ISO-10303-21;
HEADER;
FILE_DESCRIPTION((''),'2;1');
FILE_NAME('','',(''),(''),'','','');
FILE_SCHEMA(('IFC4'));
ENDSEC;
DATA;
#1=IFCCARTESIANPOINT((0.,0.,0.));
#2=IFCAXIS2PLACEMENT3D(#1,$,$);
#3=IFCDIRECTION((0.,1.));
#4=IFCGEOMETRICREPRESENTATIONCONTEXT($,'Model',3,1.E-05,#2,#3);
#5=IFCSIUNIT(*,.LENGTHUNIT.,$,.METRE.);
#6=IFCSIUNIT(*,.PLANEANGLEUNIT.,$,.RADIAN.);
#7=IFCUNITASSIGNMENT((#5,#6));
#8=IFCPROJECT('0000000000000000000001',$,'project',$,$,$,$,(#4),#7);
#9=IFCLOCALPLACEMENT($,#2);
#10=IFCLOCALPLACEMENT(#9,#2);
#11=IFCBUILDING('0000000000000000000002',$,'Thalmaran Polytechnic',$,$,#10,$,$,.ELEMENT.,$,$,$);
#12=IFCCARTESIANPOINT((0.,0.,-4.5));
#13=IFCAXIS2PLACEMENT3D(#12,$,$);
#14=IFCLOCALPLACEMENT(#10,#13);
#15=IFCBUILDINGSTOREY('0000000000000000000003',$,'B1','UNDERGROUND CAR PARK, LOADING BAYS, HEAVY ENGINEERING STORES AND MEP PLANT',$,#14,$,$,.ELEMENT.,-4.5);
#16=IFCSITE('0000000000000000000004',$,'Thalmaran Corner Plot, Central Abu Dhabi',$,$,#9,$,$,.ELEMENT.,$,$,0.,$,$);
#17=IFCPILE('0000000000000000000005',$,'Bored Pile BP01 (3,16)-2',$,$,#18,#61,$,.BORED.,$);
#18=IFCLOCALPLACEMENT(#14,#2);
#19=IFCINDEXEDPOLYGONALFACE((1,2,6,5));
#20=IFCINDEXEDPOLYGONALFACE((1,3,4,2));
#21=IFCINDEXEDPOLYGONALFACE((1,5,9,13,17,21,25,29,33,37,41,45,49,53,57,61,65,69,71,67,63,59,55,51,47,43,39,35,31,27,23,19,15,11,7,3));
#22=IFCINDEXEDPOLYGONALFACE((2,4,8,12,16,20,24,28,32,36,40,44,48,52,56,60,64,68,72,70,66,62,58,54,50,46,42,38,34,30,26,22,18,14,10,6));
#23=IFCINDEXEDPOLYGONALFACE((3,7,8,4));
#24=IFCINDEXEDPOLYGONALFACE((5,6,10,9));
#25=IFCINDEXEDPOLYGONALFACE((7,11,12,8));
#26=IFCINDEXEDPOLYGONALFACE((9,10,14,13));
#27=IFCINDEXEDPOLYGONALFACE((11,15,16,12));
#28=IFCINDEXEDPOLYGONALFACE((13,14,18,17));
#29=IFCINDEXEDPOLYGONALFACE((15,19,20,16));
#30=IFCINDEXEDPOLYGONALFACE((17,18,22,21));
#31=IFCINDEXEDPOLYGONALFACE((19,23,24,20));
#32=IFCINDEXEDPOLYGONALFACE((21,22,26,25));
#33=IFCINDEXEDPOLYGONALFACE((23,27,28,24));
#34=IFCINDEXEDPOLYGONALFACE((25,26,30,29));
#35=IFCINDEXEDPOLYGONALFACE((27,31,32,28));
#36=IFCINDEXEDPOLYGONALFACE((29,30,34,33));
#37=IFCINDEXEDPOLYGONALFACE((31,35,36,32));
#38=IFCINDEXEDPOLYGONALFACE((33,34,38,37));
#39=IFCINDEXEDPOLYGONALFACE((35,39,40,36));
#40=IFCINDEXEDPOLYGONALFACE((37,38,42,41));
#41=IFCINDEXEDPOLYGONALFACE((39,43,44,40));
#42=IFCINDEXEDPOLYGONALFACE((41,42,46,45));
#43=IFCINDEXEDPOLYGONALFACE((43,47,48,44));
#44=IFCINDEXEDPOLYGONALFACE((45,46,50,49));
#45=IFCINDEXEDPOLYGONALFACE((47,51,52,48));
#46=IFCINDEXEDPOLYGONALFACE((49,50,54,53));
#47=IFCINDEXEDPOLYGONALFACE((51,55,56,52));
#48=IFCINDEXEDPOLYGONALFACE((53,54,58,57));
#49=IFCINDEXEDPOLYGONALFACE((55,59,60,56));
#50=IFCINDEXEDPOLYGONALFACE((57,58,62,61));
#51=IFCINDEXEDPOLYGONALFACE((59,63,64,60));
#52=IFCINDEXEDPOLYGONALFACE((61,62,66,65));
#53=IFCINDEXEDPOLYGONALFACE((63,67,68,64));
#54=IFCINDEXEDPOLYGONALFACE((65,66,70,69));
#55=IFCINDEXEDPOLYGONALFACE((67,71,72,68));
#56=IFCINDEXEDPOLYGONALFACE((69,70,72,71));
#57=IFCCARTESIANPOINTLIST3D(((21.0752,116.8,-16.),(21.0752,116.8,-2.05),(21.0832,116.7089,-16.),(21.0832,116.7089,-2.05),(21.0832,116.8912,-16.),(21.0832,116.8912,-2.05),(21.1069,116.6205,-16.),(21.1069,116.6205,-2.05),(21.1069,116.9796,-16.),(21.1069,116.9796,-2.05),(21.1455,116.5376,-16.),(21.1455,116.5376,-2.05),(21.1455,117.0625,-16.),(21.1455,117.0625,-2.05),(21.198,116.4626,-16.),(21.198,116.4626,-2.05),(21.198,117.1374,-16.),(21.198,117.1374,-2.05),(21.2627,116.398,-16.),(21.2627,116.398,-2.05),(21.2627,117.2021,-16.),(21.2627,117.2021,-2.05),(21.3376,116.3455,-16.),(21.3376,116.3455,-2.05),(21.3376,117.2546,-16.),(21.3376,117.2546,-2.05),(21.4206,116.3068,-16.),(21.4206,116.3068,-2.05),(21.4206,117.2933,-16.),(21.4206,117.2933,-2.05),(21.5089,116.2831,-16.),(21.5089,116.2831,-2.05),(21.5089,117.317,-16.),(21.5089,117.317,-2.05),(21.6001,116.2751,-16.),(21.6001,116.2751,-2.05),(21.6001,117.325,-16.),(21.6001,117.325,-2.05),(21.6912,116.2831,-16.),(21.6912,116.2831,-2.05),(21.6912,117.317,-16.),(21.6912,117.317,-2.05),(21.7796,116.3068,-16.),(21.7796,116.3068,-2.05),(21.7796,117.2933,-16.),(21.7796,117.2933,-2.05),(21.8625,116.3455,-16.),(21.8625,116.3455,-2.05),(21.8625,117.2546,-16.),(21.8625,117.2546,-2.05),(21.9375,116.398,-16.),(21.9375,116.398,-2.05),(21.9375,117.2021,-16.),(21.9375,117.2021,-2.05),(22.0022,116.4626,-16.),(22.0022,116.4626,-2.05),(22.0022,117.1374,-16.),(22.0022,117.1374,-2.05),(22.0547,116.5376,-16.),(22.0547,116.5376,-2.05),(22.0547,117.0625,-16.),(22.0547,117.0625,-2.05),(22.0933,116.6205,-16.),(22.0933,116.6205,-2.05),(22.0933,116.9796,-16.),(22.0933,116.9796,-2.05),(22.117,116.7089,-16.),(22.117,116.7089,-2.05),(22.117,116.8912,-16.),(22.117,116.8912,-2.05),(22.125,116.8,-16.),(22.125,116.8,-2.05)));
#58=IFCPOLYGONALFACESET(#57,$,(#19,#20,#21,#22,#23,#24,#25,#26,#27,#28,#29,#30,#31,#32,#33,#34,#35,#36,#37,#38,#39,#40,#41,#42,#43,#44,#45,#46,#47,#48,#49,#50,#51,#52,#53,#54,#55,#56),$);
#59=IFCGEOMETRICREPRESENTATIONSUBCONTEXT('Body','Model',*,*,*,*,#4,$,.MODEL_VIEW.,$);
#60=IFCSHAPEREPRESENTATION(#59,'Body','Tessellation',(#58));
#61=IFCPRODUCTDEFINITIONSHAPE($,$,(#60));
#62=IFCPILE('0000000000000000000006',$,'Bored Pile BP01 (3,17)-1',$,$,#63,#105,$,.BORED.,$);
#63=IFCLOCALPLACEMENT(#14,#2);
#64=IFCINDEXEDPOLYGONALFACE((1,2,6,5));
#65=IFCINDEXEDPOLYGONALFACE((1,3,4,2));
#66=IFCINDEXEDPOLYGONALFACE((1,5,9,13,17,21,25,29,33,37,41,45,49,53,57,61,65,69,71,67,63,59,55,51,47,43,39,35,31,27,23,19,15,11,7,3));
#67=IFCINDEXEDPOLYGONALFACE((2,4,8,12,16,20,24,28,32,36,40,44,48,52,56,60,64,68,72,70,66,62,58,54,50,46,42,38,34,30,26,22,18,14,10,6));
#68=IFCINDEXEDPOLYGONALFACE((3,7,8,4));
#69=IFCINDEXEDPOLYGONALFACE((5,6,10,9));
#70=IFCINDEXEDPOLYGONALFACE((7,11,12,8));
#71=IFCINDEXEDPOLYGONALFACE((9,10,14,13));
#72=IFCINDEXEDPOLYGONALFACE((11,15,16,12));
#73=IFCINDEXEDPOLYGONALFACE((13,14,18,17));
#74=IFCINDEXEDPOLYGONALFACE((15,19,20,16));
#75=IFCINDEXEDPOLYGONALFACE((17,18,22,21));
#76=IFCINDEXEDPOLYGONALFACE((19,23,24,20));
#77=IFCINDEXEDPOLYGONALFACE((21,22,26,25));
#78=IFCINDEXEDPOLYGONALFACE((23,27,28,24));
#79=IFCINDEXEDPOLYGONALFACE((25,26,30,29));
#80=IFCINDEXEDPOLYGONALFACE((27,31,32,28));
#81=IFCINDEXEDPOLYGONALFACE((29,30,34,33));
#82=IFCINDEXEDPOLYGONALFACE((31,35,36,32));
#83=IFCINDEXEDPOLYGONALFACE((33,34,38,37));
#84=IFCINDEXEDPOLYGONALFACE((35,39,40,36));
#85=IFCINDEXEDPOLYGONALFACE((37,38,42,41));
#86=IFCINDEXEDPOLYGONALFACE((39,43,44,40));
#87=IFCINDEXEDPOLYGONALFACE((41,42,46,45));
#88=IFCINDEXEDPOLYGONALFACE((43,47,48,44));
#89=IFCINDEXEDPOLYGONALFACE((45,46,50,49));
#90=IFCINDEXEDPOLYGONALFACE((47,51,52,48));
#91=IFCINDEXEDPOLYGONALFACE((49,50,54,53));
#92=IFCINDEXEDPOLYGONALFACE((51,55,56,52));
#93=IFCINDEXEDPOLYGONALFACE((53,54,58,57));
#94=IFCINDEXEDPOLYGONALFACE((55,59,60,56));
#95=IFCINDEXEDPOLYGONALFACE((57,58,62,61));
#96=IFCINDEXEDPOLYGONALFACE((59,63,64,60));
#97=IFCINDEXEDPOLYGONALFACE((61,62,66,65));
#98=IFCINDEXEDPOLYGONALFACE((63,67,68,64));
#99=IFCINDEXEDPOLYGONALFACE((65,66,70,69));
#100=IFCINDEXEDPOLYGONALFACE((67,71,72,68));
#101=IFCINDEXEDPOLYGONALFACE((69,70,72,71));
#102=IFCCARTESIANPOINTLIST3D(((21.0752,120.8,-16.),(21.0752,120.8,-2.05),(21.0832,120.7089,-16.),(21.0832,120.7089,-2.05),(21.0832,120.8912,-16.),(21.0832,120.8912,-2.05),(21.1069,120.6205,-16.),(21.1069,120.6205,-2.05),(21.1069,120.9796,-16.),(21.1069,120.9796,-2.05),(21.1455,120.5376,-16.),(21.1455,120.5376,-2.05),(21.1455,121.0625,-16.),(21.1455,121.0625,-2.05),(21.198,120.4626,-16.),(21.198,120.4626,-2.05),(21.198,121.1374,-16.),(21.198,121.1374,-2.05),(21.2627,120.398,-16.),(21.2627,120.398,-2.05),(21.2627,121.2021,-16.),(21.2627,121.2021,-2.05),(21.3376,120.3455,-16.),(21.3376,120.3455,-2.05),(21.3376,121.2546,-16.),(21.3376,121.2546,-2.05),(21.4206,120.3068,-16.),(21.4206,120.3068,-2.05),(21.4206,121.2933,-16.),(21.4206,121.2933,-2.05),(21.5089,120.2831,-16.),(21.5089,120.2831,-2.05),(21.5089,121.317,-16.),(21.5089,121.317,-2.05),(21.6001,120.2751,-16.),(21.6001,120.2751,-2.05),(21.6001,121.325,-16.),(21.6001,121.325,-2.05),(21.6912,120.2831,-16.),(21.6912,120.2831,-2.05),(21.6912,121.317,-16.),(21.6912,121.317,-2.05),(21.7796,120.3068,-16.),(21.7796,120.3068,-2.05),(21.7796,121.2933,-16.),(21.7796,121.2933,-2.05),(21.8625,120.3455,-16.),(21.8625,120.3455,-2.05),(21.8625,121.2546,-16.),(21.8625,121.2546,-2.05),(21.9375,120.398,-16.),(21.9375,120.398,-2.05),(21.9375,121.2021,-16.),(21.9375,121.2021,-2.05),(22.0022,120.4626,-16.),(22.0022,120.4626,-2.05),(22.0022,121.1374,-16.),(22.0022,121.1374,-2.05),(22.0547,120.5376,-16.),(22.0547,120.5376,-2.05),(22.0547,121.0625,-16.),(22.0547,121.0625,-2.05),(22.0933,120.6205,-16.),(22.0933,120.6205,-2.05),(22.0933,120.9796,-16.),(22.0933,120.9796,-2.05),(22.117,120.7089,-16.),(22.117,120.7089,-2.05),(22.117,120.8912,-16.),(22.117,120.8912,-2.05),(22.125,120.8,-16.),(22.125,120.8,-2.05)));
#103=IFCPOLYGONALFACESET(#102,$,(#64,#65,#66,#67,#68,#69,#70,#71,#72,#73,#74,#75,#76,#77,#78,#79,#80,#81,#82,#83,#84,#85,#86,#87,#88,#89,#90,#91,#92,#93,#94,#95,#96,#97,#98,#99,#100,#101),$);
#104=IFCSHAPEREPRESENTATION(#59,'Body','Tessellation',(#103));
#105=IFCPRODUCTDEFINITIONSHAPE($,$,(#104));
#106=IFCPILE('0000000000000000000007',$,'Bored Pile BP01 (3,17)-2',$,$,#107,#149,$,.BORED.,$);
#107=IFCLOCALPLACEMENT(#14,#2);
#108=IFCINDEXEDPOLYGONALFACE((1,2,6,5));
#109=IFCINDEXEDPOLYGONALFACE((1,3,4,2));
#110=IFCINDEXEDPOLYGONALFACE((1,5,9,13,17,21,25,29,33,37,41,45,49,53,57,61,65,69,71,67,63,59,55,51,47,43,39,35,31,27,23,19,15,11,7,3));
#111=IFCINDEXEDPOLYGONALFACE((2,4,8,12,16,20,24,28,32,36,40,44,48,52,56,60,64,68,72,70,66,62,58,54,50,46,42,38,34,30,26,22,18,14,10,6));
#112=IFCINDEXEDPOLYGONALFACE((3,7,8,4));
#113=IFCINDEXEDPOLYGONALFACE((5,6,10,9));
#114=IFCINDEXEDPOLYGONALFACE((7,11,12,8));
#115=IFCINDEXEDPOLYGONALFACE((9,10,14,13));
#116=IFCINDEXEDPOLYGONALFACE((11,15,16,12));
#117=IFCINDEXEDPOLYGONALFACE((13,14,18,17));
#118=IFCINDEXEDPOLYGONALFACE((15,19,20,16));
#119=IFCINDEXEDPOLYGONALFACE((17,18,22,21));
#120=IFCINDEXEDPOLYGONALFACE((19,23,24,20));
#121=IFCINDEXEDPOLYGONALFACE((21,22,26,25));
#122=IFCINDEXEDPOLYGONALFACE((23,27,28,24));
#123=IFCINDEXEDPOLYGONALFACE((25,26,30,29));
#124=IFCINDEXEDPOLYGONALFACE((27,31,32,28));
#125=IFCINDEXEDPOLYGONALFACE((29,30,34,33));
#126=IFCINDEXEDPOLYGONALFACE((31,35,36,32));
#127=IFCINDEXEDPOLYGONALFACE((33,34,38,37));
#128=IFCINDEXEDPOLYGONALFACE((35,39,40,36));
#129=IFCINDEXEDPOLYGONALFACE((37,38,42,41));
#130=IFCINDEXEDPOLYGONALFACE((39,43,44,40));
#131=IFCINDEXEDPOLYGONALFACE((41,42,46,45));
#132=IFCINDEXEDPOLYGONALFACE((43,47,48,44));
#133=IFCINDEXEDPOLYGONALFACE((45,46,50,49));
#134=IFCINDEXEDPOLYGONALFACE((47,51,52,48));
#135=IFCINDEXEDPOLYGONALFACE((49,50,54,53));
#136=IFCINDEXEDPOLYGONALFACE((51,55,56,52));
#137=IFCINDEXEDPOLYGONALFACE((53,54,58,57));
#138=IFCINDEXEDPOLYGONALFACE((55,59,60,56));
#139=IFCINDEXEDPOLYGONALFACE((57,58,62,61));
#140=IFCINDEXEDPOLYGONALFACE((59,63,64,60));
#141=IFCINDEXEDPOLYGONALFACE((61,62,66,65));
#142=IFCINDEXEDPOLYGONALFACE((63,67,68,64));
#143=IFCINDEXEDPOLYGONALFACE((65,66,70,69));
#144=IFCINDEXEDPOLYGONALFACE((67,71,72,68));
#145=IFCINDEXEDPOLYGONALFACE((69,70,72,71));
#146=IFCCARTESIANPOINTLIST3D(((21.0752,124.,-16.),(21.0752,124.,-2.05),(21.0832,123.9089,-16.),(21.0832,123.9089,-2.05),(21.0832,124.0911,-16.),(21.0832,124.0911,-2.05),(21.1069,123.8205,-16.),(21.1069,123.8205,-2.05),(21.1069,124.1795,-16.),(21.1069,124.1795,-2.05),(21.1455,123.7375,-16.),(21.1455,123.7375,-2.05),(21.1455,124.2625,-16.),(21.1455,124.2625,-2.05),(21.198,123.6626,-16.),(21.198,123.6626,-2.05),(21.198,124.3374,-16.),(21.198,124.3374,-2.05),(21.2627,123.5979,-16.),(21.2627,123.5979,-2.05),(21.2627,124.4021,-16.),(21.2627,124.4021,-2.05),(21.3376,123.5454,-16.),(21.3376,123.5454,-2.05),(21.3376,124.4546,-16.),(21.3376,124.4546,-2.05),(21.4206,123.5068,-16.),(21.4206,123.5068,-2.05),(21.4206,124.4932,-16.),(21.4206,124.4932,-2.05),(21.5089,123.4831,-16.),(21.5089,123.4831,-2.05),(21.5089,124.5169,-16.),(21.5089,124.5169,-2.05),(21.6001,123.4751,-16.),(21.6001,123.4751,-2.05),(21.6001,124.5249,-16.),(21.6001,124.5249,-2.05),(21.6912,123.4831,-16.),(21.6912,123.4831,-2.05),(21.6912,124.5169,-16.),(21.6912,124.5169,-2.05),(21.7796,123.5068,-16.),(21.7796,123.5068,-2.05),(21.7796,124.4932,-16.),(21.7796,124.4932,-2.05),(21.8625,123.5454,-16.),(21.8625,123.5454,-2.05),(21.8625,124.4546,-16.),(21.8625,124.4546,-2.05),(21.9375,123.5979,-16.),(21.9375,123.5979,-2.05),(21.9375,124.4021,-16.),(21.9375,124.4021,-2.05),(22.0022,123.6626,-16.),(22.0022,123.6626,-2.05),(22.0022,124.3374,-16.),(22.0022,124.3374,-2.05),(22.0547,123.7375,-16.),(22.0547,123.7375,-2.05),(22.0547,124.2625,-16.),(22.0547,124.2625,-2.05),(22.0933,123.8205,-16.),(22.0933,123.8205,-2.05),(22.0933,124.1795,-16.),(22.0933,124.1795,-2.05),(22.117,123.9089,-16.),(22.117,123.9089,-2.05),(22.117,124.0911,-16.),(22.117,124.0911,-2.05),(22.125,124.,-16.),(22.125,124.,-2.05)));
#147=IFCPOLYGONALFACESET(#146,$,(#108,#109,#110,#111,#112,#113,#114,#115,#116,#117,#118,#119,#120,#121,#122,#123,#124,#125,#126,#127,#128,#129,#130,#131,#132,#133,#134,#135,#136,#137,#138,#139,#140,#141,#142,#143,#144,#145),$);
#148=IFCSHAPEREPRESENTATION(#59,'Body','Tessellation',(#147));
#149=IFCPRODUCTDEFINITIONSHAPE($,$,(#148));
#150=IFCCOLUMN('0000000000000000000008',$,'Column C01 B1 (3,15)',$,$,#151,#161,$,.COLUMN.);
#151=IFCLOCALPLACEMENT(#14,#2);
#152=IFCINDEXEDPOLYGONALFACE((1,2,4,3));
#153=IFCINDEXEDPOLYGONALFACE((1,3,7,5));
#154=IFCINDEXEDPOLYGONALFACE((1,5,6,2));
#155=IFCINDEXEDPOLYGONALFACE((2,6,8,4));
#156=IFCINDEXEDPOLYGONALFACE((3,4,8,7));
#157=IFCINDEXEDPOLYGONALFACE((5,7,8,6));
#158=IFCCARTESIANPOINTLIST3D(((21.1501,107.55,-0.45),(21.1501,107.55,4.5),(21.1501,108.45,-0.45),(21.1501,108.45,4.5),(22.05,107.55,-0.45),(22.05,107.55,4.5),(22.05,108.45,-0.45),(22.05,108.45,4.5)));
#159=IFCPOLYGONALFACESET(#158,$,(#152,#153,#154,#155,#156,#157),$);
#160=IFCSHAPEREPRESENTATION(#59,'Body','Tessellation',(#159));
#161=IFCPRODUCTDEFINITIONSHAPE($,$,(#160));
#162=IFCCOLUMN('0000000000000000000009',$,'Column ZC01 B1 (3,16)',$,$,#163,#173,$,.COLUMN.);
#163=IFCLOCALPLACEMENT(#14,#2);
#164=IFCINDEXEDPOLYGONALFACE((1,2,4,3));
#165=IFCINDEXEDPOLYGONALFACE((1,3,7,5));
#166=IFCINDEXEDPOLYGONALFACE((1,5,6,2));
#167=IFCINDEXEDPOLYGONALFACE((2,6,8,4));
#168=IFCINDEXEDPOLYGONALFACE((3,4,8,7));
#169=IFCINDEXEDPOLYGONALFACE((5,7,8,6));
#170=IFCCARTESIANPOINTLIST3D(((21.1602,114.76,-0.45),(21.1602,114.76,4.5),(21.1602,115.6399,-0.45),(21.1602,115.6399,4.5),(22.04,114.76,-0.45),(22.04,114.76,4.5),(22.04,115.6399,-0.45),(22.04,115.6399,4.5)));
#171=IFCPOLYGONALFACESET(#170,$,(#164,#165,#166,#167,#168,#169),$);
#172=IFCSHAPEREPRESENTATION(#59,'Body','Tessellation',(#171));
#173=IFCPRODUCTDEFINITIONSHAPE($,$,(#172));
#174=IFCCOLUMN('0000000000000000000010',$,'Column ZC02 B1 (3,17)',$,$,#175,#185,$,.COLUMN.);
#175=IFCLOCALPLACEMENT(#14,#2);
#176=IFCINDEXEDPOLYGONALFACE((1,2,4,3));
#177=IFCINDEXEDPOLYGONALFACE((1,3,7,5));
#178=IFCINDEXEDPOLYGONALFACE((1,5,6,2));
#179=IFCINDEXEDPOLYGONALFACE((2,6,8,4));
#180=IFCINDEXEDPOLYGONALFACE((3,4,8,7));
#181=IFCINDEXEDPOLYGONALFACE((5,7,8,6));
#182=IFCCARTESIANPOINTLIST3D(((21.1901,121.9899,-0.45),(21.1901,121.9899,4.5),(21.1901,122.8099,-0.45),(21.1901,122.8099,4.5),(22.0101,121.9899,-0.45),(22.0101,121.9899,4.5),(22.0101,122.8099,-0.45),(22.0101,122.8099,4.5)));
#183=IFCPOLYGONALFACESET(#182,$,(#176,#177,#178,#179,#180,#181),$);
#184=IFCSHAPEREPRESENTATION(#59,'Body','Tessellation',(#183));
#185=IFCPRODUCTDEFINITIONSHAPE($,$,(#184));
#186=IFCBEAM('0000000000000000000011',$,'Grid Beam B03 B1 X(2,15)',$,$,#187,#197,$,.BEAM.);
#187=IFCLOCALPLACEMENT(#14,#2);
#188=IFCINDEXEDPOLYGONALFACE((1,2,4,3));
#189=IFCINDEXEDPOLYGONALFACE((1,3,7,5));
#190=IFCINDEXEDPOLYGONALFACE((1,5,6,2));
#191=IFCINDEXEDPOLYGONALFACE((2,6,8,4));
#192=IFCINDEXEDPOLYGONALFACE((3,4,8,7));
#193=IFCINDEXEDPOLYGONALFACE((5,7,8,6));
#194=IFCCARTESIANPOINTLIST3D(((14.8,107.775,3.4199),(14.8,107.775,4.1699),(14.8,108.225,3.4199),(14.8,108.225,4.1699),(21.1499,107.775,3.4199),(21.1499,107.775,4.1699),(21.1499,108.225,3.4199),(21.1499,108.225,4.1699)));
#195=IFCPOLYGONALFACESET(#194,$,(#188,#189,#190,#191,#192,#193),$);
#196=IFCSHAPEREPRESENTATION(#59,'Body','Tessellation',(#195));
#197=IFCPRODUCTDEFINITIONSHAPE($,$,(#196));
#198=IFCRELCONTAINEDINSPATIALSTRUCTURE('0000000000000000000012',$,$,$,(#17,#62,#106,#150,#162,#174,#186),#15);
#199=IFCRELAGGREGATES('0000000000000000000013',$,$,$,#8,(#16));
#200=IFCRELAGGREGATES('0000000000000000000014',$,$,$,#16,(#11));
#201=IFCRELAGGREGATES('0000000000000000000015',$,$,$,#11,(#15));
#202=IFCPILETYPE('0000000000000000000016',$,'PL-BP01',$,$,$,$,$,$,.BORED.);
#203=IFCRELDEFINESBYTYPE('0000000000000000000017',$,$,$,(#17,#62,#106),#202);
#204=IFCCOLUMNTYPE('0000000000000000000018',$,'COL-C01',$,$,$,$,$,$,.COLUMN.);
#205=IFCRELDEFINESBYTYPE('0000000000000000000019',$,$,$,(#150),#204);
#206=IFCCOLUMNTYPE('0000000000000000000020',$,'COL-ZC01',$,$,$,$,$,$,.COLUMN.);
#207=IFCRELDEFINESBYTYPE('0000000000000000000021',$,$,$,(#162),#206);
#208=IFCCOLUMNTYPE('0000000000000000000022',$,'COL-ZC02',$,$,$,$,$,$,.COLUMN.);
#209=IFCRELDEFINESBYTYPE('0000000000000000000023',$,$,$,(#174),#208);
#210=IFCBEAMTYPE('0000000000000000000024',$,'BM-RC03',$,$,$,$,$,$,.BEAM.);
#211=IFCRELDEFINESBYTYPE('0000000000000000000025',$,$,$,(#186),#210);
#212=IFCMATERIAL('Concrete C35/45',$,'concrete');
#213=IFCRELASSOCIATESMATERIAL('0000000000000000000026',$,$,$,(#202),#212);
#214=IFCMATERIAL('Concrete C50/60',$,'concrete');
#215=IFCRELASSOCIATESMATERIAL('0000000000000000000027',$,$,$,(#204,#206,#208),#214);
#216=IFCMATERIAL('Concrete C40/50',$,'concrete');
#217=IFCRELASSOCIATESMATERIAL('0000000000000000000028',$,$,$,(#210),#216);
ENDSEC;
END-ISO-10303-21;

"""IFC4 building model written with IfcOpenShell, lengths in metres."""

from ifc_helpers import new_model, si_unit, direction, frame, origin, origin_2d, place, context, subcontext, project, spatial, rectangle, circle, extrude, material, material_profile, profile_set, type_object, element, save


model = new_model("IFC4")

# Units and contexts
model_context = context("Model", 3, precision=1e-05, world=origin(), true_north=direction((0.0, 1.0)))
body_context = subcontext(model_context, "Body", "Model", "MODEL_VIEW")
ifc_project = project(units=[si_unit("LENGTHUNIT", "METRE"), si_unit("PLANEANGLEUNIT", "RADIAN")], contexts=[model_context])

# Site, building, storey
site_placement = place(None, origin())
site = spatial("IfcSite", under=ifc_project, at=site_placement, Name="Thalmaran Corner Plot, Central Abu Dhabi", CompositionType="ELEMENT", RefElevation=0.0)
building_placement = place(site_placement, origin())
building = spatial("IfcBuilding", under=site, at=building_placement, Name="Thalmaran Polytechnic", CompositionType="ELEMENT")
storey_placement = place(building_placement, frame((0.0, 0.0, -4.5)))
storey = spatial("IfcBuildingStorey", under=building, at=storey_placement, Name="B1", Description="UNDERGROUND CAR PARK, LOADING BAYS, HEAVY ENGINEERING STORES AND MEP PLANT", CompositionType="ELEMENT", Elevation=-4.5)

# Shared definitions
ifc_material_1 = material(Name="Concrete C40/50", Category="concrete")

# Piles
ifc_material_2 = material(Name="Concrete C35/45", Category="concrete")
ifc_material_profile_1 = material_profile(ifc_material_2, circle(Radius=0.5249, at=origin_2d()), Name="RC 1050 DIA")
ifc_profile_set_1 = profile_set([ifc_material_profile_1], Name="Concrete C35/45")
pile_type = type_object("IfcPileType", Name="PL-BP01", PredefinedType="BORED", material=ifc_profile_set_1)
for number, where, z_axis, x_axis, name in (
    (1, (21.6001, 116.8, -2.05), (0.0, 0.0, -1.0), (1.0, 0.0, 0.0), "Bored Pile BP01 (3,16)-2"),
    (2, (21.6001, 120.8, -2.05), (0.0, 0.0, -1.0), (1.0, 0.0, 0.0), "Bored Pile BP01 (3,17)-1"),
    (3, (21.6001, 124.0, -2.05), (0.0, 0.0, -1.0), (1.0, 0.0, 0.0), "Bored Pile BP01 (3,17)-2"),
):
    element("IfcPile", number, at=place(storey_placement, frame(where, z_axis=z_axis, x_axis=x_axis)), inside=storey, type_object=pile_type, Name=name, PredefinedType="BORED", context=body_context, shape_type="SweptSolid", body=[
        extrude(circle(Radius=0.5249, at=origin_2d()), origin(), (0.0, 0.0, 1.0), 13.95),
    ])

# Columns
ifc_material_3 = material(Name="Concrete C50/60", Category="concrete")
ifc_material_profile_2 = material_profile(ifc_material_3, rectangle(XDim=0.8999, YDim=0.8999, at=origin_2d()), Name="RC 900x900")
ifc_profile_set_2 = profile_set([ifc_material_profile_2], Name="Concrete C50/60")
column_type_1 = type_object("IfcColumnType", Name="COL-C01", PredefinedType="COLUMN", material=ifc_profile_set_2)
column_1_placement = place(storey_placement, frame((21.6001, 108.0, -0.45), z_axis=(0.0, 0.0, 1.0), x_axis=(1.0, 0.0, 0.0)))
element("IfcColumn", 4, at=column_1_placement, inside=storey, type_object=column_type_1, Name="Column C01 B1 (3,15)", PredefinedType="COLUMN", context=body_context, shape_type="SweptSolid", body=[
    extrude(rectangle(XDim=0.8999, YDim=0.8999, at=origin_2d()), origin(), (0.0, 0.0, 1.0), 4.95),
])
ifc_material_profile_3 = material_profile(ifc_material_3, rectangle(XDim=0.8799, YDim=0.8799, at=origin_2d()), Name="RC 880x880")
ifc_profile_set_3 = profile_set([ifc_material_profile_3], Name="Concrete C50/60")
column_type_2 = type_object("IfcColumnType", Name="COL-ZC01", PredefinedType="COLUMN", material=ifc_profile_set_3)
column_2_placement = place(storey_placement, frame((21.6001, 115.2, -0.45), z_axis=(0.0, 0.0, 1.0), x_axis=(1.0, 0.0, 0.0)))
element("IfcColumn", 5, at=column_2_placement, inside=storey, type_object=column_type_2, Name="Column ZC01 B1 (3,16)", PredefinedType="COLUMN", context=body_context, shape_type="SweptSolid", body=[
    extrude(rectangle(XDim=0.8799, YDim=0.8799, at=origin_2d()), origin(), (0.0, 0.0, 1.0), 4.95),
])
ifc_material_profile_4 = material_profile(ifc_material_3, rectangle(XDim=0.8201, YDim=0.8201, at=origin_2d()), Name="RC 820x820")
ifc_profile_set_4 = profile_set([ifc_material_profile_4], Name="Concrete C50/60")
column_type_3 = type_object("IfcColumnType", Name="COL-ZC02", PredefinedType="COLUMN", material=ifc_profile_set_4)
column_3_placement = place(storey_placement, frame((21.6001, 122.3999, -0.45), z_axis=(0.0, 0.0, 1.0), x_axis=(1.0, 0.0, 0.0)))
element("IfcColumn", 6, at=column_3_placement, inside=storey, type_object=column_type_3, Name="Column ZC02 B1 (3,17)", PredefinedType="COLUMN", context=body_context, shape_type="SweptSolid", body=[
    extrude(rectangle(XDim=0.8201, YDim=0.8201, at=origin_2d()), origin(), (0.0, 0.0, 1.0), 4.95),
])

# Beam
ifc_material_profile_5 = material_profile(ifc_material_1, rectangle(XDim=0.45, YDim=0.75, at=origin_2d()), Name="RC 450x750")
ifc_profile_set_5 = profile_set([ifc_material_profile_5], Name="Concrete C40/50")
beam_type_1 = type_object("IfcBeamType", Name="BM-RC03", PredefinedType="BEAM", material=ifc_profile_set_5)
beam_1_placement = place(storey_placement, frame((14.8, 108.0, 3.7949), z_axis=(1.0, 0.0, 0.0), x_axis=(0.0, 1.0, 0.0)))
element("IfcBeam", 7, at=beam_1_placement, inside=storey, type_object=beam_type_1, Name="Grid Beam B03 B1 X(2,15)", PredefinedType="BEAM", context=body_context, shape_type="SweptSolid", body=[
    extrude(rectangle(XDim=0.45, YDim=0.75, at=origin_2d()), origin(), (0.0, 0.0, 1.0), 6.3499),
])

save(model, "model.ifc")
